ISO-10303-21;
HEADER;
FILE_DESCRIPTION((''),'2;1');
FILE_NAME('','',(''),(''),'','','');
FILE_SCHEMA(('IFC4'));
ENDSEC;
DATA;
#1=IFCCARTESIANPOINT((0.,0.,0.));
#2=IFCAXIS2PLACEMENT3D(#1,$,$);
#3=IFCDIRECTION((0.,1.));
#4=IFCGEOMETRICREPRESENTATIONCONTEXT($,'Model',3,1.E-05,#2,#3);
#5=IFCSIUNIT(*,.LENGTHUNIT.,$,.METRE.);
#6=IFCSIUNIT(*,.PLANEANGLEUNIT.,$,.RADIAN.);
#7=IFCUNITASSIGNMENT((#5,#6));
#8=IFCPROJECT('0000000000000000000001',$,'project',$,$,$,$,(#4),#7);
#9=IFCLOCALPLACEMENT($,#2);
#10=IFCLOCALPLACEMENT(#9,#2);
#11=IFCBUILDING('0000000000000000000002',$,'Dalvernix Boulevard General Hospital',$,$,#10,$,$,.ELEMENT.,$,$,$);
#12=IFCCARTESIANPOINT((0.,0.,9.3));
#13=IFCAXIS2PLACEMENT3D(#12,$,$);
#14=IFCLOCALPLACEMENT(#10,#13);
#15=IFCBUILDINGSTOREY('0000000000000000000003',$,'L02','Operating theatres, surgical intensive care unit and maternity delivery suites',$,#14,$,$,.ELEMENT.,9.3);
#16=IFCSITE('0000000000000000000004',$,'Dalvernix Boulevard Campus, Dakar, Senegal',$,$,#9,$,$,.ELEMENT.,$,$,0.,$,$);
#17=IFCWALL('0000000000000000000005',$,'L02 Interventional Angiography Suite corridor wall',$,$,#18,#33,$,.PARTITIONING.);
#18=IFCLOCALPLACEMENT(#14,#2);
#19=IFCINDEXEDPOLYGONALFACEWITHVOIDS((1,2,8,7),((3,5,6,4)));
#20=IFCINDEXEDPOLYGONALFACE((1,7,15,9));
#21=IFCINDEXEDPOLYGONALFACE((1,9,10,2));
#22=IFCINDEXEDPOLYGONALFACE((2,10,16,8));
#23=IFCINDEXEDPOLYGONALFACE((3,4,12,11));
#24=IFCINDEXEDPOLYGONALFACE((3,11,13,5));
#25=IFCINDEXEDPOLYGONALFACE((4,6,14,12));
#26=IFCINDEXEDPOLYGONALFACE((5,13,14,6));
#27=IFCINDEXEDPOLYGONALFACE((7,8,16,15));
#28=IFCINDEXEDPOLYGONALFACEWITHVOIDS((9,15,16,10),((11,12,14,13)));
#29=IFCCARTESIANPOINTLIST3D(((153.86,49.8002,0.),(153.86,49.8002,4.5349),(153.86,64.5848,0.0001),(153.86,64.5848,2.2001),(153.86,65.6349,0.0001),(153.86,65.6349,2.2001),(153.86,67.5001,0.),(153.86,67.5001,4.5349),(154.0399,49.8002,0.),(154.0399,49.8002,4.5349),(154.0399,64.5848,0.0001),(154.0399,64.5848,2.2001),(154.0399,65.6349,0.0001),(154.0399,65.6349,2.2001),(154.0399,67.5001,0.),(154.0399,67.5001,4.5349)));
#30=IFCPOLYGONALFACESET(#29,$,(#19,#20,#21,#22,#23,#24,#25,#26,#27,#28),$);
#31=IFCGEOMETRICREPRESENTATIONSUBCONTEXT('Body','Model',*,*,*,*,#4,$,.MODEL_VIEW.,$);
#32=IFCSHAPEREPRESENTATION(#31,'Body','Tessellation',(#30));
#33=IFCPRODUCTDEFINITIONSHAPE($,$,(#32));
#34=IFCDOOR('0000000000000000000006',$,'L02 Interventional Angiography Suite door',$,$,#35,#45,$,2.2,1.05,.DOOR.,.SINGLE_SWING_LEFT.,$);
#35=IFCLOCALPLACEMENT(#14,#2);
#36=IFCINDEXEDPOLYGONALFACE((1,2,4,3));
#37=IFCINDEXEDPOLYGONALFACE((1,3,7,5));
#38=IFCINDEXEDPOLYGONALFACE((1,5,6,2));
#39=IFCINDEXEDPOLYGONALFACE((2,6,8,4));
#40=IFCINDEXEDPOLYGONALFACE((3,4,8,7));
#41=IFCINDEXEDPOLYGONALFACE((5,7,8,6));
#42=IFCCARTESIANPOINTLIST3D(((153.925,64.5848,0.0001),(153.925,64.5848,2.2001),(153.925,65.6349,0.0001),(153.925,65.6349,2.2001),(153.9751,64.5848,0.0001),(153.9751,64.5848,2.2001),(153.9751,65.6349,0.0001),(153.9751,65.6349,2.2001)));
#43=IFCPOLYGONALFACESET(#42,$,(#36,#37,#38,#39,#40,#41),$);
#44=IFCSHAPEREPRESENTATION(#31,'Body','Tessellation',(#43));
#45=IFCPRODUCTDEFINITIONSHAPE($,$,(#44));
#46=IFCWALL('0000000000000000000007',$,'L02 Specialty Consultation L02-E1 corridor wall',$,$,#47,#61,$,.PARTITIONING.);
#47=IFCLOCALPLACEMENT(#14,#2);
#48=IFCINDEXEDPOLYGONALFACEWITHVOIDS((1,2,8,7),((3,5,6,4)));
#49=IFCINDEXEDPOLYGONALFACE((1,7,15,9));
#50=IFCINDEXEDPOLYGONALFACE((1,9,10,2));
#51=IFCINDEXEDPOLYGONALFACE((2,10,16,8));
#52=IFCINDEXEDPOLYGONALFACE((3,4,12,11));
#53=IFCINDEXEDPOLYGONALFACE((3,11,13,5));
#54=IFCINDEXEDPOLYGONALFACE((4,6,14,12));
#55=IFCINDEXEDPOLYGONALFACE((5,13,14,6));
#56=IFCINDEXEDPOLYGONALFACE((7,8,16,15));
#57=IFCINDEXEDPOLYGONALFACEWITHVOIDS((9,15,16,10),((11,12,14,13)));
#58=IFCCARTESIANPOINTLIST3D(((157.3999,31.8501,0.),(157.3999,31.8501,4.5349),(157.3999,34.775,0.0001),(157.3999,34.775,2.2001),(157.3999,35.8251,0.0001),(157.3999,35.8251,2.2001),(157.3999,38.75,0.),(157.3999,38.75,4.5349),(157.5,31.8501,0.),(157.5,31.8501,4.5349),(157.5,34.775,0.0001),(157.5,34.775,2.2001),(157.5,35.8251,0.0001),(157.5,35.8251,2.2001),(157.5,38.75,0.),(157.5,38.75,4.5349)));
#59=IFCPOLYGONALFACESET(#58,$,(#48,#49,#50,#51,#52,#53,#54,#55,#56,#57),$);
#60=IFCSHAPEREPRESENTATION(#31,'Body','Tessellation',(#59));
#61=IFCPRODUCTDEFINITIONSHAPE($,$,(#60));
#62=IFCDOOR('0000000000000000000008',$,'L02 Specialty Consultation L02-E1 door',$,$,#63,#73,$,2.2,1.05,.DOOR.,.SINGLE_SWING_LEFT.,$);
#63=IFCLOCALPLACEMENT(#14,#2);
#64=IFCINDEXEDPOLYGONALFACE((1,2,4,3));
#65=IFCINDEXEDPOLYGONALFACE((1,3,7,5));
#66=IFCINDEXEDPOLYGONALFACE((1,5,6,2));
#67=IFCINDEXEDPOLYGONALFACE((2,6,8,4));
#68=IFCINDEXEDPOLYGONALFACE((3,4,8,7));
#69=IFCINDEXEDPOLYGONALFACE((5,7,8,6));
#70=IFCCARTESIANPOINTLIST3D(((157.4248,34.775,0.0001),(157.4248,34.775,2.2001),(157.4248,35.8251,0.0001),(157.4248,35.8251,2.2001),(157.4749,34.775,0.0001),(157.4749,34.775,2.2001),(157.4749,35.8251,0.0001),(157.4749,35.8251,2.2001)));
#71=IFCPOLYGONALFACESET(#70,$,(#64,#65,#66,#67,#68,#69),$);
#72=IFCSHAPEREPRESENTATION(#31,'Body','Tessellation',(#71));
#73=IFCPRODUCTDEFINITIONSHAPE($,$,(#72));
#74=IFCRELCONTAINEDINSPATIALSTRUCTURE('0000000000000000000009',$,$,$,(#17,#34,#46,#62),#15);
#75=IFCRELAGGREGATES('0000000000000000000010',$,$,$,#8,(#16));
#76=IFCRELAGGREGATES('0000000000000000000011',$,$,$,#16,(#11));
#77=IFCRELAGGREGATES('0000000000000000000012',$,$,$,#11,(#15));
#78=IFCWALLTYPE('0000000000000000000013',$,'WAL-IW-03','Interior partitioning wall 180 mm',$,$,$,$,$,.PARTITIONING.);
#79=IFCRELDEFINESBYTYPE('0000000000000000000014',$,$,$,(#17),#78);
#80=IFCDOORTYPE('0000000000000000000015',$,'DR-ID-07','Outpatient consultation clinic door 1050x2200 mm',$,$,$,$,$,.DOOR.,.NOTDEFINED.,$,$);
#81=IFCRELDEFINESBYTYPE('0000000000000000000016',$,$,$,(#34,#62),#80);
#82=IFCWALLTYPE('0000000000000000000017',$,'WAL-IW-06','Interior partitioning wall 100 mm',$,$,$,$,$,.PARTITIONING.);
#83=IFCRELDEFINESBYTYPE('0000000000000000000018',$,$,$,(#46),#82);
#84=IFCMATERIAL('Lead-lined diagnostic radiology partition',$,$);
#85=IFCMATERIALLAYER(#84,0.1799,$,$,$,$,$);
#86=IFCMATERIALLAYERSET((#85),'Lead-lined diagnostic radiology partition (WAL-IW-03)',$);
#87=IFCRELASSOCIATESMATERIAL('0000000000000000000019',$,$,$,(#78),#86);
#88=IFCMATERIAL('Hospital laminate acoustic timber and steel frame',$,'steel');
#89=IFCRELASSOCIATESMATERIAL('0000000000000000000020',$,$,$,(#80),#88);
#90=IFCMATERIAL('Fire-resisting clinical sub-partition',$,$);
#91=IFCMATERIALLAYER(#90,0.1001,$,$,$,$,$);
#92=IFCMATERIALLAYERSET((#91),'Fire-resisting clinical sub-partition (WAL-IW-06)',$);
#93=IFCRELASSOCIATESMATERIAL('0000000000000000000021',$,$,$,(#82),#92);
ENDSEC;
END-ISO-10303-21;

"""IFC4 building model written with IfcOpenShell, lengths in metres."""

from ifc_helpers import new_model, si_unit, direction, frame, frame_2d, origin, place, context, subcontext, project, spatial, rectangle, extrude, material, layer, layer_set, type_object, element, fill, save


model = new_model("IFC4")

# Units and contexts
model_context = context("Model", 3, precision=1e-05, world=origin(), true_north=direction((0.0, 1.0)))
body_context = subcontext(model_context, "Body", "Model", "MODEL_VIEW")
ifc_project = project(units=[si_unit("LENGTHUNIT", "METRE"), si_unit("PLANEANGLEUNIT", "RADIAN")], contexts=[model_context])

# Site, building, storey
site_placement = place(None, origin())
site = spatial("IfcSite", under=ifc_project, at=site_placement, Name="Dalvernix Boulevard Campus, Dakar, Senegal", CompositionType="ELEMENT", RefElevation=0.0)
building_placement = place(site_placement, origin())
building = spatial("IfcBuilding", under=site, at=building_placement, Name="Dalvernix Boulevard General Hospital", CompositionType="ELEMENT")
storey_placement = place(building_placement, frame((0.0, 0.0, 9.3)))
storey = spatial("IfcBuildingStorey", under=building, at=storey_placement, Name="L02", Description="Operating theatres, surgical intensive care unit and maternity delivery suites", CompositionType="ELEMENT", Elevation=9.3)

# Walls, openings, doors
ifc_material_1 = material(Name="Lead-lined diagnostic radiology partition")
ifc_layer_1 = layer(ifc_material_1, 0.1799)
ifc_layer_set_1 = layer_set([ifc_layer_1], Name="Lead-lined diagnostic radiology partition (WAL-IW-03)")
wall_type_1 = type_object("IfcWallType", Name="WAL-IW-03", Description="Interior partitioning wall 180 mm", PredefinedType="PARTITIONING", material=ifc_layer_set_1)
wall_1_placement = place(storey_placement, frame((153.95, 49.8, 0.0), z_axis=(0.0, 0.0, 1.0), x_axis=(0.0, 1.0, 0.0)))
wall_1 = element("IfcWall", 1, at=wall_1_placement, inside=storey, type_object=wall_type_1, Name="L02 Interventional Angiography Suite corridor wall", PredefinedType="PARTITIONING", context=body_context, shape_type="SweptSolid", body=[
    extrude(rectangle(XDim=17.7, YDim=0.1799, at=frame_2d((8.8501, 0.0))), origin(), (0.0, 0.0, 1.0), 4.5349),
])
opening_1_placement = place(wall_1_placement, frame((14.7849, 0.0, 0.0)))
opening_1 = element("IfcOpeningElement", 2, at=opening_1_placement, cuts=wall_1, PredefinedType="OPENING", context=body_context, shape_type="SweptSolid", body=[
    extrude(rectangle(XDim=1.05, YDim=2.2, at=frame_2d((0.5249, 1.1001))), frame((0.0, 0.0999, 0.0), z_axis=(0.0, -1.0, 0.0), x_axis=(1.0, 0.0, 0.0)), (0.0, 0.0, 1.0), 0.2),
])
ifc_material_2 = material(Name="Hospital laminate acoustic timber and steel frame", Category="steel")
door_type = type_object("IfcDoorType", Name="DR-ID-07", Description="Outpatient consultation clinic door 1050x2200 mm", OperationType="NOTDEFINED", PredefinedType="DOOR", material=ifc_material_2)
door_1_placement = place(opening_1_placement, origin())
door_1 = element("IfcDoor", 3, at=door_1_placement, inside=storey, type_object=door_type, Name="L02 Interventional Angiography Suite door", OperationType="SINGLE_SWING_LEFT", OverallHeight=2.2, OverallWidth=1.05, PredefinedType="DOOR", context=body_context, shape_type="SweptSolid", body=[
    extrude(rectangle(XDim=1.05, YDim=2.2, at=frame_2d((0.5249, 1.1001))), frame((0.0, 0.0249, 0.0), z_axis=(0.0, -1.0, 0.0), x_axis=(1.0, 0.0, 0.0)), (0.0, 0.0, 1.0), 0.05),
])
fill(opening_1, door_1)
ifc_material_3 = material(Name="Fire-resisting clinical sub-partition")
ifc_layer_2 = layer(ifc_material_3, 0.1001)
ifc_layer_set_2 = layer_set([ifc_layer_2], Name="Fire-resisting clinical sub-partition (WAL-IW-06)")
wall_type_2 = type_object("IfcWallType", Name="WAL-IW-06", Description="Interior partitioning wall 100 mm", PredefinedType="PARTITIONING", material=ifc_layer_set_2)
wall_2_placement = place(storey_placement, frame((157.45, 38.75, 0.0), z_axis=(0.0, 0.0, 1.0), x_axis=(0.0, -1.0, 0.0)))
wall_2 = element("IfcWall", 4, at=wall_2_placement, inside=storey, type_object=wall_type_2, Name="L02 Specialty Consultation L02-E1 corridor wall", PredefinedType="PARTITIONING", context=body_context, shape_type="SweptSolid", body=[
    extrude(rectangle(XDim=6.8999, YDim=0.1001, at=frame_2d((3.45, 0.0))), origin(), (0.0, 0.0, 1.0), 4.5349),
])
opening_2_placement = place(wall_2_placement, frame((2.925, 0.0, 0.0)))
opening_2 = element("IfcOpeningElement", 5, at=opening_2_placement, cuts=wall_2, PredefinedType="OPENING", context=body_context, shape_type="SweptSolid", body=[
    extrude(rectangle(XDim=1.05, YDim=2.2, at=frame_2d((0.5249, 1.1001))), frame((0.0, 0.0601, 0.0), z_axis=(0.0, -1.0, 0.0), x_axis=(1.0, 0.0, 0.0)), (0.0, 0.0, 1.0), 0.1201),
])
door_2_placement = place(opening_2_placement, origin())
door_2 = element("IfcDoor", 6, at=door_2_placement, inside=storey, type_object=door_type, Name="L02 Specialty Consultation L02-E1 door", OperationType="SINGLE_SWING_LEFT", OverallHeight=2.2, OverallWidth=1.05, PredefinedType="DOOR", context=body_context, shape_type="SweptSolid", body=[
    extrude(rectangle(XDim=1.05, YDim=2.2, at=frame_2d((0.5249, 1.1001))), frame((0.0, 0.0249, 0.0), z_axis=(0.0, -1.0, 0.0), x_axis=(1.0, 0.0, 0.0)), (0.0, 0.0, 1.0), 0.05),
])
fill(opening_2, door_2)

save(model, "model.ifc")
